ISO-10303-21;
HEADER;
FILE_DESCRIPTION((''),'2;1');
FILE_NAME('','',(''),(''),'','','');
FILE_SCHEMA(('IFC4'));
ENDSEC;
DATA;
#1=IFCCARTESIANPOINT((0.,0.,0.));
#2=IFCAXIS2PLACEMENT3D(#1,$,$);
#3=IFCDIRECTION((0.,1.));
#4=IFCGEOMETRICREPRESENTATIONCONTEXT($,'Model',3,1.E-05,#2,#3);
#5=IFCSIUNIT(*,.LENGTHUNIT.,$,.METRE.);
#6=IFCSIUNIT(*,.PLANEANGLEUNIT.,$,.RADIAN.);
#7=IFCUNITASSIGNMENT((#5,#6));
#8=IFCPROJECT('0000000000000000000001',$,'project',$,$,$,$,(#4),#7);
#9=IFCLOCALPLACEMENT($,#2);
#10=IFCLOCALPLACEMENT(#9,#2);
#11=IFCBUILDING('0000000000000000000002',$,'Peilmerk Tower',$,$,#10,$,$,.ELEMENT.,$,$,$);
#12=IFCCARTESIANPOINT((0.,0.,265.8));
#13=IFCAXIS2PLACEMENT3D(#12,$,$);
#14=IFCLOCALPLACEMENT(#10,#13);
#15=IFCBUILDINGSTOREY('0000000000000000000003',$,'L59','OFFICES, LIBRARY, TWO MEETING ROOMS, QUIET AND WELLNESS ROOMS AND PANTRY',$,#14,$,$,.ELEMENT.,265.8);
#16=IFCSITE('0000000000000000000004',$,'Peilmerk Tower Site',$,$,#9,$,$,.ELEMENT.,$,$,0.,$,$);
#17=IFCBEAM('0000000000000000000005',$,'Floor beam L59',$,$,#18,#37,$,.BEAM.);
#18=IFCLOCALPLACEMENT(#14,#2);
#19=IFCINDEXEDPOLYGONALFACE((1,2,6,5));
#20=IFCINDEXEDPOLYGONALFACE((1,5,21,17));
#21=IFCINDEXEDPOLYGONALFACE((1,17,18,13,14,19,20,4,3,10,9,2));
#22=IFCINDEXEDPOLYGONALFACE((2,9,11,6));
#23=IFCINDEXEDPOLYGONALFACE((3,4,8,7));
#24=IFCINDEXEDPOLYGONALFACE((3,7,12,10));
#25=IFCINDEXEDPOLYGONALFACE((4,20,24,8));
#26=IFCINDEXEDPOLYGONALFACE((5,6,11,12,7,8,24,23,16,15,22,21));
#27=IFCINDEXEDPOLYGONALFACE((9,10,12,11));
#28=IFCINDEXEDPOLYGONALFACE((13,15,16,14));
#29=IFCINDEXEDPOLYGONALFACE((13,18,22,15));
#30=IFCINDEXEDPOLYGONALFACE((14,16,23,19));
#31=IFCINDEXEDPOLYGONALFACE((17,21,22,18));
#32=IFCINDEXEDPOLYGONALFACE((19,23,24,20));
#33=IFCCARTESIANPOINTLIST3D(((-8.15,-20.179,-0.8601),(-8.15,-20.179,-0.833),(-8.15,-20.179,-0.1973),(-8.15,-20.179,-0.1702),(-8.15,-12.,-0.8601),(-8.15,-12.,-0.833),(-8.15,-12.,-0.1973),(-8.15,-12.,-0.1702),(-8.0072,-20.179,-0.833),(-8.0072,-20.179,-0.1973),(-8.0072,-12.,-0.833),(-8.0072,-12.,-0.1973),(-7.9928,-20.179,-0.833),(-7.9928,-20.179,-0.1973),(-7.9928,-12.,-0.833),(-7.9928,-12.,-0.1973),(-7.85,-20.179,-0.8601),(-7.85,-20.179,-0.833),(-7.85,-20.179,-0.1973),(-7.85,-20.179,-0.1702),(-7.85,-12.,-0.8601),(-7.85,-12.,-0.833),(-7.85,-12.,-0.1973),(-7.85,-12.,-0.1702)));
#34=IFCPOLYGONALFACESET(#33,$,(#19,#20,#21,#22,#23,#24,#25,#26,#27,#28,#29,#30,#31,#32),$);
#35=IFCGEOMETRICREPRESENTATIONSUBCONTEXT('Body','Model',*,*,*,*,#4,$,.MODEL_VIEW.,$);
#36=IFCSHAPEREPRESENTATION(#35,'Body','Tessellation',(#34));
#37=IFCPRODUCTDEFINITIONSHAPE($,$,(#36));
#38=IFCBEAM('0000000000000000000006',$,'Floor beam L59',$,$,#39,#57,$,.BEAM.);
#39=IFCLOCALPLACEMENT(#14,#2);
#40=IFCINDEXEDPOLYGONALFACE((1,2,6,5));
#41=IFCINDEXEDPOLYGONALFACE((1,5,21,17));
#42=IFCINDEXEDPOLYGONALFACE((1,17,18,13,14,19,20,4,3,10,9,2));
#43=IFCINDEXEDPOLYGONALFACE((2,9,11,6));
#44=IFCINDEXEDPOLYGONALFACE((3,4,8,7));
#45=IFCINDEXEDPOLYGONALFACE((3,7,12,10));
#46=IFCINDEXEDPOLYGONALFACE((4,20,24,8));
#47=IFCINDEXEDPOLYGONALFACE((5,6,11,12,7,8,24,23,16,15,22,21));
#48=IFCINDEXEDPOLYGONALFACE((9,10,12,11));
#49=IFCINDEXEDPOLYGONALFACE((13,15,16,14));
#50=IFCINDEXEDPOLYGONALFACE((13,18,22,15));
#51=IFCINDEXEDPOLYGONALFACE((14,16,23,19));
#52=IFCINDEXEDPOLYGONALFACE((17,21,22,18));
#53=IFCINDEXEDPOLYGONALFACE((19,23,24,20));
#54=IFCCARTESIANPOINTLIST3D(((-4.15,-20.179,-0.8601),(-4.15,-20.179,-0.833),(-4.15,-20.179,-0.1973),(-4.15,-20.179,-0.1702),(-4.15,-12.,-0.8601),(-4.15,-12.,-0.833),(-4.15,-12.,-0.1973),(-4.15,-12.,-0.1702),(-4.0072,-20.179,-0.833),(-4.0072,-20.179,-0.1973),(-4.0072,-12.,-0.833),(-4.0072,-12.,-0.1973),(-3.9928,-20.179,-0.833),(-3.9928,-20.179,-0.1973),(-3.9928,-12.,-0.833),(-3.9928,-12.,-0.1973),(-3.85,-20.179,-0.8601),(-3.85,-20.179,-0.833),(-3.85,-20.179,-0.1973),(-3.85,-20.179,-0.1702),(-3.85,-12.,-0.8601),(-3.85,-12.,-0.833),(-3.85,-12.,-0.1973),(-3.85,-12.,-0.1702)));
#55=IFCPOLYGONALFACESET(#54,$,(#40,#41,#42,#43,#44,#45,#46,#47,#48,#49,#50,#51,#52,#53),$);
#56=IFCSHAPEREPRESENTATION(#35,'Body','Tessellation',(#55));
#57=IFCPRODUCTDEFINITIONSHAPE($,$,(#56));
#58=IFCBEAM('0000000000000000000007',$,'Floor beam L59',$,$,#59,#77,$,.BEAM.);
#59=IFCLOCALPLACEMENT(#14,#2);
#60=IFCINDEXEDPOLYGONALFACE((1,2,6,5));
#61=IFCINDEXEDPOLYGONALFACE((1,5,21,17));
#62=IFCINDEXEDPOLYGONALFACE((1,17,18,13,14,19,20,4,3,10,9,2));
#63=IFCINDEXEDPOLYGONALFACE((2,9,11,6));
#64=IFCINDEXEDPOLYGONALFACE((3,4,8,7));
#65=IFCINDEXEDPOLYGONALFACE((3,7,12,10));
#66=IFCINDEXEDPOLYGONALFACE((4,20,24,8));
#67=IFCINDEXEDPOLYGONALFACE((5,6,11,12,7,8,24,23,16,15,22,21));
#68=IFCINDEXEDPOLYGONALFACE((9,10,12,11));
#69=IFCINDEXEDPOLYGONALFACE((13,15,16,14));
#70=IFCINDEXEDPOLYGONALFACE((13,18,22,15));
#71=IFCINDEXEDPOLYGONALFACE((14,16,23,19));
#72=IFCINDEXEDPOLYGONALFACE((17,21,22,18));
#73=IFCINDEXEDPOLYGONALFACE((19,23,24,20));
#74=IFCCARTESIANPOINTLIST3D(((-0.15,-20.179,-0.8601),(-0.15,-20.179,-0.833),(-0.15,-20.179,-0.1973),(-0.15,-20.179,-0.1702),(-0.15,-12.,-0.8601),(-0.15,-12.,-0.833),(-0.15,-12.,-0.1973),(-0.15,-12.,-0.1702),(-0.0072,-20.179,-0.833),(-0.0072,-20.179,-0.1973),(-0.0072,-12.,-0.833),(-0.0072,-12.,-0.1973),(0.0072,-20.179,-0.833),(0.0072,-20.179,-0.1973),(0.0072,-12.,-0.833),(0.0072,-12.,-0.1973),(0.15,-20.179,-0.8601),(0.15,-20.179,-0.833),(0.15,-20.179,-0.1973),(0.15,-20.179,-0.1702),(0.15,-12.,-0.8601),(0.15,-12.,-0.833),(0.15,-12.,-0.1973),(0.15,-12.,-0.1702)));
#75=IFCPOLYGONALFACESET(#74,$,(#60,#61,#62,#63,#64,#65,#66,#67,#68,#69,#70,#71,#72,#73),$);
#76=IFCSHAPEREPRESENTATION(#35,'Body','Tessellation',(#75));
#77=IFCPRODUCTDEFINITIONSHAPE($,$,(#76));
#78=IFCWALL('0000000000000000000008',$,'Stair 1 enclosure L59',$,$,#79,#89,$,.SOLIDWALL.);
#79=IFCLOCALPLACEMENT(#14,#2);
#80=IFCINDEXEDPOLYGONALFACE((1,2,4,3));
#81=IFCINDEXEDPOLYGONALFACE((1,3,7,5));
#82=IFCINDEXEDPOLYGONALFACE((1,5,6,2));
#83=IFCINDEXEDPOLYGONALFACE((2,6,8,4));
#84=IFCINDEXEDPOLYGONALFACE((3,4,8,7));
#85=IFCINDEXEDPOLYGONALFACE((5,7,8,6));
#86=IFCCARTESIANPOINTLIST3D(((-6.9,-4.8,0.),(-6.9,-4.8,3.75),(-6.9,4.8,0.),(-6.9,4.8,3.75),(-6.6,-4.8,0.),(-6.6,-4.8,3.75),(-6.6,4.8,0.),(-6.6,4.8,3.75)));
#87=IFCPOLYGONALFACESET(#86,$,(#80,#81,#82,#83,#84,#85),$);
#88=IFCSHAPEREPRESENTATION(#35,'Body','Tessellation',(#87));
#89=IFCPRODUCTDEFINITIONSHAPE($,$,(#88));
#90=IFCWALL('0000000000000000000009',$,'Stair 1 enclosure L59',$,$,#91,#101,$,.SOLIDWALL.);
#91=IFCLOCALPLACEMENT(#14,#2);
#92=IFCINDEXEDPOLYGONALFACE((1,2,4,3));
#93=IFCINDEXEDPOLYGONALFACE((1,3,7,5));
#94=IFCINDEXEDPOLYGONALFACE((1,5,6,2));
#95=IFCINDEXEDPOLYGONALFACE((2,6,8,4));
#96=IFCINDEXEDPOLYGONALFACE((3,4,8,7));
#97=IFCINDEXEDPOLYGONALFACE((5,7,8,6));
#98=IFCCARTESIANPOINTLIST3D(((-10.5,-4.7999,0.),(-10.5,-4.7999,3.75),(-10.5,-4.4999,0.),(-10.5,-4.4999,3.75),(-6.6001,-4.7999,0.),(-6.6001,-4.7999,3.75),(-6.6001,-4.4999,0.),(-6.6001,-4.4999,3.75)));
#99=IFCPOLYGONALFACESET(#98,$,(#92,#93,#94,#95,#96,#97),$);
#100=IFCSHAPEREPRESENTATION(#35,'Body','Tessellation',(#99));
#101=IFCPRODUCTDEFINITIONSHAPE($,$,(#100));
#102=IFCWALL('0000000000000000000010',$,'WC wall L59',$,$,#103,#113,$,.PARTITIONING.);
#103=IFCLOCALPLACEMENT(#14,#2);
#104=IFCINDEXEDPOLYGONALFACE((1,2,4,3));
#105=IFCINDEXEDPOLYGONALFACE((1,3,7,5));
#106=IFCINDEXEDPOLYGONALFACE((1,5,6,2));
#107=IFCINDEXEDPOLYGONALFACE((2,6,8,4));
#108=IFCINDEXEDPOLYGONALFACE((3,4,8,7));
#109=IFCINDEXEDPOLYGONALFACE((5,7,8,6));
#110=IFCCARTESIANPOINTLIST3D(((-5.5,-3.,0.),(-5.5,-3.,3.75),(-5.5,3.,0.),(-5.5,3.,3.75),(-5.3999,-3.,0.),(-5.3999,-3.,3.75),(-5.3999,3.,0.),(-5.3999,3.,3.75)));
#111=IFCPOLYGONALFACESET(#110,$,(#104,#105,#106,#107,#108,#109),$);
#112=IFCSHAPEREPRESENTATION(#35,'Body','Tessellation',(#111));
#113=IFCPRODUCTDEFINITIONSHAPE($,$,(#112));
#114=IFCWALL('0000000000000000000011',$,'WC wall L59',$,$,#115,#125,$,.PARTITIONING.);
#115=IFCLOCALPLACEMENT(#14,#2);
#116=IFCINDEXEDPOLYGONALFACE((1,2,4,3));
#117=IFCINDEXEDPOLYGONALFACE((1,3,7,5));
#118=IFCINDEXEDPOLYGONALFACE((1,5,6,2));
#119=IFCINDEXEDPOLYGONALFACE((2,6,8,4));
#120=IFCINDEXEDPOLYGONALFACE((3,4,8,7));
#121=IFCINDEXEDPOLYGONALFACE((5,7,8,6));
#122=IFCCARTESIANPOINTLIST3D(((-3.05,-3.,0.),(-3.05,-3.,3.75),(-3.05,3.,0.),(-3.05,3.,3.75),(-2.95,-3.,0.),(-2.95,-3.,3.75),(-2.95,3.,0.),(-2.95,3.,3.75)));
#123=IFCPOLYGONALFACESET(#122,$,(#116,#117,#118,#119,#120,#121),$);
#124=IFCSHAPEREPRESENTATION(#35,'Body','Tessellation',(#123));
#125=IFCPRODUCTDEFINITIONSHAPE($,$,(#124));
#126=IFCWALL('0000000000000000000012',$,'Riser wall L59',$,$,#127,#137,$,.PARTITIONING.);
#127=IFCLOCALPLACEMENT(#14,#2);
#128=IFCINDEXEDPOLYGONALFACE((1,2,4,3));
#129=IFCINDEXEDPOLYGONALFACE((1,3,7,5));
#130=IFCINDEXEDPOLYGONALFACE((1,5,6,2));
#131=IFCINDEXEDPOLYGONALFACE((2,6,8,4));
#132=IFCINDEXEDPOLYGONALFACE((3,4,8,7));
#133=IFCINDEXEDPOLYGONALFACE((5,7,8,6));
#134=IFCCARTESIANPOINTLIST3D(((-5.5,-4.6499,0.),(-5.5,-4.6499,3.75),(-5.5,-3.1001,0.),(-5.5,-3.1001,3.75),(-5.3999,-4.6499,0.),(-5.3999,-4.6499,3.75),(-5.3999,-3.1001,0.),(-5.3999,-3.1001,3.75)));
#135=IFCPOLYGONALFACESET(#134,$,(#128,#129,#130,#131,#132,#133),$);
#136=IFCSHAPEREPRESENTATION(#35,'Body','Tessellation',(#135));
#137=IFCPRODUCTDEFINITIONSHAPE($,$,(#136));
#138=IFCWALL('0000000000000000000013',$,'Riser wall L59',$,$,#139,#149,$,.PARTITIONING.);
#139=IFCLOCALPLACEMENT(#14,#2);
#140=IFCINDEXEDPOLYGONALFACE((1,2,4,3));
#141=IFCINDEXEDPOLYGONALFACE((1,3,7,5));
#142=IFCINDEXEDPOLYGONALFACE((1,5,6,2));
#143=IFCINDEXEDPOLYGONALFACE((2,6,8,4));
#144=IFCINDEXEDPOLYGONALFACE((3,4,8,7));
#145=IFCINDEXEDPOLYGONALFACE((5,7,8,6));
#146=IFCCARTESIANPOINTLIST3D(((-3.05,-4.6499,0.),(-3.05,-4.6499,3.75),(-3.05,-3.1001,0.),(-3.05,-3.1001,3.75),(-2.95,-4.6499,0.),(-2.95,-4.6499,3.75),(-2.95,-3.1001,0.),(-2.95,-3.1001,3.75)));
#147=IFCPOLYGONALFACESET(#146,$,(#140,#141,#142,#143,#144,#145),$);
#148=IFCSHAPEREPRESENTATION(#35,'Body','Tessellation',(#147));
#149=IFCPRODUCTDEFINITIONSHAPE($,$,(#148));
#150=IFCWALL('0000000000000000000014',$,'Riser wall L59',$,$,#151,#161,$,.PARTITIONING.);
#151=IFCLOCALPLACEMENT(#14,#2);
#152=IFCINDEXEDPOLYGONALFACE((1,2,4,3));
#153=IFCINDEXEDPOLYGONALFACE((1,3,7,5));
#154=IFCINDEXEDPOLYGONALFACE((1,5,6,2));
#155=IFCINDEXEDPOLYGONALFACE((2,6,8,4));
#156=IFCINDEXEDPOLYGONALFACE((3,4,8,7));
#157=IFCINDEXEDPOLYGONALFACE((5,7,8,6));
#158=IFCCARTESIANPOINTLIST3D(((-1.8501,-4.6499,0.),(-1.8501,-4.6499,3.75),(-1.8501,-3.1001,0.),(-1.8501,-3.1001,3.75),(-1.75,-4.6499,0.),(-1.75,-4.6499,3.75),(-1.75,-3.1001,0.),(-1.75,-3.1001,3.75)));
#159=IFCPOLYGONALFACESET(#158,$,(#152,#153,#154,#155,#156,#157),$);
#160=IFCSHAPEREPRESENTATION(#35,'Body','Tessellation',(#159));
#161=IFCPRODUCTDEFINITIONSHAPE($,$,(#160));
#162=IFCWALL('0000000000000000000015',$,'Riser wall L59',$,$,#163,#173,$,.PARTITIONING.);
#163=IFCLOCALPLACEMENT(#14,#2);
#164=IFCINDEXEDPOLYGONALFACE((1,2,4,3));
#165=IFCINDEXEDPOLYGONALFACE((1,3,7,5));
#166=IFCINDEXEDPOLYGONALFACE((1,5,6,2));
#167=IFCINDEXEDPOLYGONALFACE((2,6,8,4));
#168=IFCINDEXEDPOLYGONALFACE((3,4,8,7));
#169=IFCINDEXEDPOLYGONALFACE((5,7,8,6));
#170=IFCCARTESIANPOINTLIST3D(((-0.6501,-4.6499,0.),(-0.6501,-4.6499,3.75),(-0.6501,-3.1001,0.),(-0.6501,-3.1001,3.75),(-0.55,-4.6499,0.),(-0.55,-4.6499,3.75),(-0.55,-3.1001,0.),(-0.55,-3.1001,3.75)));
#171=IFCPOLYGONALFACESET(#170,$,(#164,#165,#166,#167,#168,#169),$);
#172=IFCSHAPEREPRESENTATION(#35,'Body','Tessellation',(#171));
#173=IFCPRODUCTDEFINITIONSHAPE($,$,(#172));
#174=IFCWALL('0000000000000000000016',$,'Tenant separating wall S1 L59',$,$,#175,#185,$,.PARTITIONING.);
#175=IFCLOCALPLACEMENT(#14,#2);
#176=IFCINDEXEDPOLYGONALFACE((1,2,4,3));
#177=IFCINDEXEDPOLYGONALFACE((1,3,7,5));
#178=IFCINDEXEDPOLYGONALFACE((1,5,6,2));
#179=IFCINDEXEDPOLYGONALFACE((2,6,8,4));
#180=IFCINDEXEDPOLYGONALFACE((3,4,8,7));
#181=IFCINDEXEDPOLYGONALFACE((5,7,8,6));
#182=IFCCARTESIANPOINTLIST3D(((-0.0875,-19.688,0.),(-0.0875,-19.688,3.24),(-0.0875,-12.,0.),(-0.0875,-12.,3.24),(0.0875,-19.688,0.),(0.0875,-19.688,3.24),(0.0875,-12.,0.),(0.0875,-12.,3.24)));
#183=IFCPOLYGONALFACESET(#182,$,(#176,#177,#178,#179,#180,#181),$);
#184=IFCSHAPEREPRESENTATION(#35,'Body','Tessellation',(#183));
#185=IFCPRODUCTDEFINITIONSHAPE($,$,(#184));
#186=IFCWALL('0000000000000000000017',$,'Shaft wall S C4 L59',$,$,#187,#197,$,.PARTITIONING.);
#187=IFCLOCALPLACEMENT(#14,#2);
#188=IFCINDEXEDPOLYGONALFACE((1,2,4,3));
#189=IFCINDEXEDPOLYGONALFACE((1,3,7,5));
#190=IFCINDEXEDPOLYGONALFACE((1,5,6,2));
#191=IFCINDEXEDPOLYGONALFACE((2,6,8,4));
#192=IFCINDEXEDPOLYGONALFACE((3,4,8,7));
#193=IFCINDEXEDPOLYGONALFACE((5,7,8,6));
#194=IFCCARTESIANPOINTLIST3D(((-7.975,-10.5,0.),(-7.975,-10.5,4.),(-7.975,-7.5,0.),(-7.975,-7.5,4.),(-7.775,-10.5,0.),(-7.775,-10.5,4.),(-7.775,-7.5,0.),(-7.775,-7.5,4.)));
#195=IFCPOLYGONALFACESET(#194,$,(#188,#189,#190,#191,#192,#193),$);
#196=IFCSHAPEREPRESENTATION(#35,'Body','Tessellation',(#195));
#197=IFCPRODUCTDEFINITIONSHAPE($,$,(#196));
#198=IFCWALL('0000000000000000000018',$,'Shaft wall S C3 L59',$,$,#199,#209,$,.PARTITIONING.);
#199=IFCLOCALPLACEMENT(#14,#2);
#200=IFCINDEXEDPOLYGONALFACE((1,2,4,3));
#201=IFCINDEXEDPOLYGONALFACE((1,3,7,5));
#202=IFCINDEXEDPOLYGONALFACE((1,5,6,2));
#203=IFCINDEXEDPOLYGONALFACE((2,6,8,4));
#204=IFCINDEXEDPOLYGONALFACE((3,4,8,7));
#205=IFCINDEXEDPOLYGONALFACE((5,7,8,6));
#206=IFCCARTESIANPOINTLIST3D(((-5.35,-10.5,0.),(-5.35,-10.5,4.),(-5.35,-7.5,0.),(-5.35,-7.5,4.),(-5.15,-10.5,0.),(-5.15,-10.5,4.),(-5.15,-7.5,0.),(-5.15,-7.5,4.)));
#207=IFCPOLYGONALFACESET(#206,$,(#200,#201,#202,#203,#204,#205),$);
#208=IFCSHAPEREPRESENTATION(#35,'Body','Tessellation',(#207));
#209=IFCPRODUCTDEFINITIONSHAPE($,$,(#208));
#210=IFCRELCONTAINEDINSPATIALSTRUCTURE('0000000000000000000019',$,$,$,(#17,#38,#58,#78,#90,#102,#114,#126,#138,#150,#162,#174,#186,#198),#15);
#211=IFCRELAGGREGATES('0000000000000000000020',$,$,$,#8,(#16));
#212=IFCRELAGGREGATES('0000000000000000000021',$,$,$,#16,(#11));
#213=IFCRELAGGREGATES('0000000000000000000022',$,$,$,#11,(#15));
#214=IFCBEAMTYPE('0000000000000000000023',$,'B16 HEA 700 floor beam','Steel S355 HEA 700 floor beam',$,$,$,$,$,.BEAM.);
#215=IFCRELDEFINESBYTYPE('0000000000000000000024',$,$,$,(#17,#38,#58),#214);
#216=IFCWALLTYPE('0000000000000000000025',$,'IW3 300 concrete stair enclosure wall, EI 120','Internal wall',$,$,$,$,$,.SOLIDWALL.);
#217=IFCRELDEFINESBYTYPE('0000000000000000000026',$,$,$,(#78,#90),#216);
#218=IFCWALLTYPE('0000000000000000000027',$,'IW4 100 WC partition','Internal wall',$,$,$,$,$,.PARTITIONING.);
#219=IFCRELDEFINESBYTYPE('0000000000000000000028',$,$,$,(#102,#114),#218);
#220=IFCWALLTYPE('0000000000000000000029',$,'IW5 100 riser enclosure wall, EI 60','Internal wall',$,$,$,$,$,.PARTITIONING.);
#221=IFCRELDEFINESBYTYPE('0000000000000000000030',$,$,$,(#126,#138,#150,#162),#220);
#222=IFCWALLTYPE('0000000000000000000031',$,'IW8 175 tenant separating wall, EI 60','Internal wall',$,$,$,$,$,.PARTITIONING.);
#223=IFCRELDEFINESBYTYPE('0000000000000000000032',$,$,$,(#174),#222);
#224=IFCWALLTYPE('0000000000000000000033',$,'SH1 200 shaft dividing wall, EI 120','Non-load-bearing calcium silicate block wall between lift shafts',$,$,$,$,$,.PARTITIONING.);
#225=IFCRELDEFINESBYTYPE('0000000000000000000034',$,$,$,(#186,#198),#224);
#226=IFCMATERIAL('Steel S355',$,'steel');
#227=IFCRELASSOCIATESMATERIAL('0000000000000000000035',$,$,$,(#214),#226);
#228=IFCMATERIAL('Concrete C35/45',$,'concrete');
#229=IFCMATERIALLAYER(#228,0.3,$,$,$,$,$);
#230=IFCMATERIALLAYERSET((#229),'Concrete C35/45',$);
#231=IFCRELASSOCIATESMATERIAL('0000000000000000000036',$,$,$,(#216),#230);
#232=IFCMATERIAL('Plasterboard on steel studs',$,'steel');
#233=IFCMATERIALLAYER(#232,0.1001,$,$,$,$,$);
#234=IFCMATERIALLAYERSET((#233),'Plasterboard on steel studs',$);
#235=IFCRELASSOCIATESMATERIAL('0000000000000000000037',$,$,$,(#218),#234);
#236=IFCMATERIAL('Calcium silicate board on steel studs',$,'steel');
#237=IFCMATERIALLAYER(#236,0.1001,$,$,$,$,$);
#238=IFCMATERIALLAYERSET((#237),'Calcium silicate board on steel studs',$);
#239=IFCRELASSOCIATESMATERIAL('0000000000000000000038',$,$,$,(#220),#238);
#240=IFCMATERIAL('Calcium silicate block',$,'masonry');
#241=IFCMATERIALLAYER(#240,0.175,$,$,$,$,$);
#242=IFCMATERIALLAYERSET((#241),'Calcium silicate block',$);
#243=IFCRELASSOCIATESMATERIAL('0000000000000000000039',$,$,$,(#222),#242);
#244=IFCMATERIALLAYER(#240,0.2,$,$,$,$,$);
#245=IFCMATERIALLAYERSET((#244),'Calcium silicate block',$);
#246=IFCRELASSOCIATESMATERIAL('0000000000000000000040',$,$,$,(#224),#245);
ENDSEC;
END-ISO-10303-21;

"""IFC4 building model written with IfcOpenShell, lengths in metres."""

from ifc_helpers import new_model, si_unit, direction, frame, frame_2d, origin, origin_2d, place, context, subcontext, project, spatial, rectangle, i_section, extrude, material, layer, layer_set, material_profile, profile_set, type_object, element, save


model = new_model("IFC4")

# Units and contexts
model_context = context("Model", 3, precision=1e-05, world=origin(), true_north=direction((0.0, 1.0)))
body_context = subcontext(model_context, "Body", "Model", "MODEL_VIEW")
ifc_project = project(units=[si_unit("LENGTHUNIT", "METRE"), si_unit("PLANEANGLEUNIT", "RADIAN")], contexts=[model_context])

# Site, building, storey
site_placement = place(None, origin())
site = spatial("IfcSite", under=ifc_project, at=site_placement, Name="Peilmerk Tower Site", CompositionType="ELEMENT", RefElevation=0.0)
building_placement = place(site_placement, origin())
building = spatial("IfcBuilding", under=site, at=building_placement, Name="Peilmerk Tower", CompositionType="ELEMENT")
storey_placement = place(building_placement, frame((0.0, 0.0, 265.8)))
storey = spatial("IfcBuildingStorey", under=building, at=storey_placement, Name="L59", Description="OFFICES, LIBRARY, TWO MEETING ROOMS, QUIET AND WELLNESS ROOMS AND PANTRY", CompositionType="ELEMENT", Elevation=265.8)

# Beams
ifc_material_1 = material(Name="Steel S355", Category="steel")
ifc_material_profile = material_profile(ifc_material_1, i_section(OverallWidth=0.3, OverallDepth=0.6899, WebThickness=0.0144, FlangeThickness=0.0271, at=origin_2d()), Name="HEA 700")
ifc_profile_set = profile_set([ifc_material_profile], Name="Steel S355")
beam_type = type_object("IfcBeamType", Name="B16 HEA 700 floor beam", Description="Steel S355 HEA 700 floor beam", PredefinedType="BEAM", material=ifc_profile_set)
for number, where, z_axis, x_axis, name in (
    (1, (-8.0, -12.0, -0.5151), (0.0, -1.0, 0.0), (1.0, 0.0, 0.0), "Floor beam L59"),
    (2, (-4.0, -12.0, -0.5151), (0.0, -1.0, 0.0), (1.0, 0.0, 0.0), "Floor beam L59"),
    (3, (0.0, -12.0, -0.5151), (0.0, -1.0, 0.0), (1.0, 0.0, 0.0), "Floor beam L59"),
):
    element("IfcBeam", number, at=place(storey_placement, frame(where, z_axis=z_axis, x_axis=x_axis)), inside=storey, type_object=beam_type, Name=name, PredefinedType="BEAM", context=body_context, shape_type="SweptSolid", body=[
        extrude(i_section(OverallWidth=0.3, OverallDepth=0.6899, WebThickness=0.0144, FlangeThickness=0.0271, at=origin_2d()), origin(), (0.0, 0.0, 1.0), 8.179),
    ])

# Walls
ifc_material_2 = material(Name="Concrete C35/45", Category="concrete")
ifc_layer_1 = layer(ifc_material_2, 0.3)
ifc_layer_set_1 = layer_set([ifc_layer_1], Name="Concrete C35/45")
wall_type_1 = type_object("IfcWallType", Name="IW3 300 concrete stair enclosure wall, EI 120", Description="Internal wall", PredefinedType="SOLIDWALL", material=ifc_layer_set_1)
wall_1_placement = place(storey_placement, frame((-6.75, -4.8, 0.0), z_axis=(0.0, 0.0, 1.0), x_axis=(0.0, 1.0, 0.0)))
element("IfcWall", 4, at=wall_1_placement, inside=storey, type_object=wall_type_1, Name="Stair 1 enclosure L59", PredefinedType="SOLIDWALL", context=body_context, shape_type="SweptSolid", body=[
    extrude(rectangle(XDim=9.6001, YDim=0.3, at=frame_2d((4.8, 0.0))), origin(), (0.0, 0.0, 1.0), 3.75),
])
wall_2_placement = place(storey_placement, frame((-6.6001, -4.6499, 0.0), z_axis=(0.0, 0.0, 1.0), x_axis=(-1.0, 0.0, 0.0)))
element("IfcWall", 5, at=wall_2_placement, inside=storey, type_object=wall_type_1, Name="Stair 1 enclosure L59", PredefinedType="SOLIDWALL", context=body_context, shape_type="SweptSolid", body=[
    extrude(rectangle(XDim=3.8999, YDim=0.3, at=frame_2d((1.95, 0.0))), origin(), (0.0, 0.0, 1.0), 3.75),
])
ifc_material_3 = material(Name="Plasterboard on steel studs", Category="steel")
ifc_layer_2 = layer(ifc_material_3, 0.1001)
ifc_layer_set_2 = layer_set([ifc_layer_2], Name="Plasterboard on steel studs")
wall_type_2 = type_object("IfcWallType", Name="IW4 100 WC partition", Description="Internal wall", PredefinedType="PARTITIONING", material=ifc_layer_set_2)
for number, where, z_axis, x_axis, name in (
    (6, (-5.45, -3.0, 0.0), (0.0, 0.0, 1.0), (0.0, 1.0, 0.0), "WC wall L59"),
    (7, (-3.0, -3.0, 0.0), (0.0, 0.0, 1.0), (0.0, 1.0, 0.0), "WC wall L59"),
):
    element("IfcWall", number, at=place(storey_placement, frame(where, z_axis=z_axis, x_axis=x_axis)), inside=storey, type_object=wall_type_2, Name=name, PredefinedType="PARTITIONING", context=body_context, shape_type="SweptSolid", body=[
        extrude(rectangle(XDim=6.0, YDim=0.1001, at=frame_2d((3.0, 0.0))), origin(), (0.0, 0.0, 1.0), 3.75),
    ])
ifc_material_4 = material(Name="Calcium silicate board on steel studs", Category="steel")
ifc_layer_3 = layer(ifc_material_4, 0.1001)
ifc_layer_set_3 = layer_set([ifc_layer_3], Name="Calcium silicate board on steel studs")
wall_type_3 = type_object("IfcWallType", Name="IW5 100 riser enclosure wall, EI 60", Description="Internal wall", PredefinedType="PARTITIONING", material=ifc_layer_set_3)
for number, where, z_axis, x_axis, name in (
    (8, (-5.45, -3.1001, 0.0), (0.0, 0.0, 1.0), (0.0, -1.0, 0.0), "Riser wall L59"),
    (9, (-3.0, -3.1001, 0.0), (0.0, 0.0, 1.0), (0.0, -1.0, 0.0), "Riser wall L59"),
    (10, (-1.8, -3.1001, 0.0), (0.0, 0.0, 1.0), (0.0, -1.0, 0.0), "Riser wall L59"),
    (11, (-0.6001, -3.1001, 0.0), (0.0, 0.0, 1.0), (0.0, -1.0, 0.0), "Riser wall L59"),
):
    element("IfcWall", number, at=place(storey_placement, frame(where, z_axis=z_axis, x_axis=x_axis)), inside=storey, type_object=wall_type_3, Name=name, PredefinedType="PARTITIONING", context=body_context, shape_type="SweptSolid", body=[
        extrude(rectangle(XDim=1.5498, YDim=0.1001, at=frame_2d((0.7749, 0.0))), origin(), (0.0, 0.0, 1.0), 3.75),
    ])
ifc_material_5 = material(Name="Calcium silicate block", Category="masonry")
ifc_layer_4 = layer(ifc_material_5, 0.175)
ifc_layer_set_4 = layer_set([ifc_layer_4], Name="Calcium silicate block")
wall_type_4 = type_object("IfcWallType", Name="IW8 175 tenant separating wall, EI 60", Description="Internal wall", PredefinedType="PARTITIONING", material=ifc_layer_set_4)
wall_3_placement = place(storey_placement, frame((0.0, -12.0, 0.0), z_axis=(0.0, 0.0, 1.0), x_axis=(0.0, -1.0, 0.0)))
element("IfcWall", 12, at=wall_3_placement, inside=storey, type_object=wall_type_4, Name="Tenant separating wall S1 L59", PredefinedType="PARTITIONING", context=body_context, shape_type="SweptSolid", body=[
    extrude(rectangle(XDim=7.688, YDim=0.175, at=frame_2d((3.844, 0.0))), origin(), (0.0, 0.0, 1.0), 3.24),
])
ifc_layer_5 = layer(ifc_material_5, 0.2)
ifc_layer_set_5 = layer_set([ifc_layer_5], Name="Calcium silicate block")
wall_type_5 = type_object("IfcWallType", Name="SH1 200 shaft dividing wall, EI 120", Description="Non-load-bearing calcium silicate block wall between lift shafts", PredefinedType="PARTITIONING", material=ifc_layer_set_5)
for number, where, z_axis, x_axis, name in (
    (13, (-7.875, -10.5, 0.0), (0.0, 0.0, 1.0), (0.0, 1.0, 0.0), "Shaft wall S C4 L59"),
    (14, (-5.25, -10.5, 0.0), (0.0, 0.0, 1.0), (0.0, 1.0, 0.0), "Shaft wall S C3 L59"),
):
    element("IfcWall", number, at=place(storey_placement, frame(where, z_axis=z_axis, x_axis=x_axis)), inside=storey, type_object=wall_type_5, Name=name, PredefinedType="PARTITIONING", context=body_context, shape_type="SweptSolid", body=[
        extrude(rectangle(XDim=3.0, YDim=0.2, at=frame_2d((1.5, 0.0))), origin(), (0.0, 0.0, 1.0), 4.0),
    ])

save(model, "model.ifc")
